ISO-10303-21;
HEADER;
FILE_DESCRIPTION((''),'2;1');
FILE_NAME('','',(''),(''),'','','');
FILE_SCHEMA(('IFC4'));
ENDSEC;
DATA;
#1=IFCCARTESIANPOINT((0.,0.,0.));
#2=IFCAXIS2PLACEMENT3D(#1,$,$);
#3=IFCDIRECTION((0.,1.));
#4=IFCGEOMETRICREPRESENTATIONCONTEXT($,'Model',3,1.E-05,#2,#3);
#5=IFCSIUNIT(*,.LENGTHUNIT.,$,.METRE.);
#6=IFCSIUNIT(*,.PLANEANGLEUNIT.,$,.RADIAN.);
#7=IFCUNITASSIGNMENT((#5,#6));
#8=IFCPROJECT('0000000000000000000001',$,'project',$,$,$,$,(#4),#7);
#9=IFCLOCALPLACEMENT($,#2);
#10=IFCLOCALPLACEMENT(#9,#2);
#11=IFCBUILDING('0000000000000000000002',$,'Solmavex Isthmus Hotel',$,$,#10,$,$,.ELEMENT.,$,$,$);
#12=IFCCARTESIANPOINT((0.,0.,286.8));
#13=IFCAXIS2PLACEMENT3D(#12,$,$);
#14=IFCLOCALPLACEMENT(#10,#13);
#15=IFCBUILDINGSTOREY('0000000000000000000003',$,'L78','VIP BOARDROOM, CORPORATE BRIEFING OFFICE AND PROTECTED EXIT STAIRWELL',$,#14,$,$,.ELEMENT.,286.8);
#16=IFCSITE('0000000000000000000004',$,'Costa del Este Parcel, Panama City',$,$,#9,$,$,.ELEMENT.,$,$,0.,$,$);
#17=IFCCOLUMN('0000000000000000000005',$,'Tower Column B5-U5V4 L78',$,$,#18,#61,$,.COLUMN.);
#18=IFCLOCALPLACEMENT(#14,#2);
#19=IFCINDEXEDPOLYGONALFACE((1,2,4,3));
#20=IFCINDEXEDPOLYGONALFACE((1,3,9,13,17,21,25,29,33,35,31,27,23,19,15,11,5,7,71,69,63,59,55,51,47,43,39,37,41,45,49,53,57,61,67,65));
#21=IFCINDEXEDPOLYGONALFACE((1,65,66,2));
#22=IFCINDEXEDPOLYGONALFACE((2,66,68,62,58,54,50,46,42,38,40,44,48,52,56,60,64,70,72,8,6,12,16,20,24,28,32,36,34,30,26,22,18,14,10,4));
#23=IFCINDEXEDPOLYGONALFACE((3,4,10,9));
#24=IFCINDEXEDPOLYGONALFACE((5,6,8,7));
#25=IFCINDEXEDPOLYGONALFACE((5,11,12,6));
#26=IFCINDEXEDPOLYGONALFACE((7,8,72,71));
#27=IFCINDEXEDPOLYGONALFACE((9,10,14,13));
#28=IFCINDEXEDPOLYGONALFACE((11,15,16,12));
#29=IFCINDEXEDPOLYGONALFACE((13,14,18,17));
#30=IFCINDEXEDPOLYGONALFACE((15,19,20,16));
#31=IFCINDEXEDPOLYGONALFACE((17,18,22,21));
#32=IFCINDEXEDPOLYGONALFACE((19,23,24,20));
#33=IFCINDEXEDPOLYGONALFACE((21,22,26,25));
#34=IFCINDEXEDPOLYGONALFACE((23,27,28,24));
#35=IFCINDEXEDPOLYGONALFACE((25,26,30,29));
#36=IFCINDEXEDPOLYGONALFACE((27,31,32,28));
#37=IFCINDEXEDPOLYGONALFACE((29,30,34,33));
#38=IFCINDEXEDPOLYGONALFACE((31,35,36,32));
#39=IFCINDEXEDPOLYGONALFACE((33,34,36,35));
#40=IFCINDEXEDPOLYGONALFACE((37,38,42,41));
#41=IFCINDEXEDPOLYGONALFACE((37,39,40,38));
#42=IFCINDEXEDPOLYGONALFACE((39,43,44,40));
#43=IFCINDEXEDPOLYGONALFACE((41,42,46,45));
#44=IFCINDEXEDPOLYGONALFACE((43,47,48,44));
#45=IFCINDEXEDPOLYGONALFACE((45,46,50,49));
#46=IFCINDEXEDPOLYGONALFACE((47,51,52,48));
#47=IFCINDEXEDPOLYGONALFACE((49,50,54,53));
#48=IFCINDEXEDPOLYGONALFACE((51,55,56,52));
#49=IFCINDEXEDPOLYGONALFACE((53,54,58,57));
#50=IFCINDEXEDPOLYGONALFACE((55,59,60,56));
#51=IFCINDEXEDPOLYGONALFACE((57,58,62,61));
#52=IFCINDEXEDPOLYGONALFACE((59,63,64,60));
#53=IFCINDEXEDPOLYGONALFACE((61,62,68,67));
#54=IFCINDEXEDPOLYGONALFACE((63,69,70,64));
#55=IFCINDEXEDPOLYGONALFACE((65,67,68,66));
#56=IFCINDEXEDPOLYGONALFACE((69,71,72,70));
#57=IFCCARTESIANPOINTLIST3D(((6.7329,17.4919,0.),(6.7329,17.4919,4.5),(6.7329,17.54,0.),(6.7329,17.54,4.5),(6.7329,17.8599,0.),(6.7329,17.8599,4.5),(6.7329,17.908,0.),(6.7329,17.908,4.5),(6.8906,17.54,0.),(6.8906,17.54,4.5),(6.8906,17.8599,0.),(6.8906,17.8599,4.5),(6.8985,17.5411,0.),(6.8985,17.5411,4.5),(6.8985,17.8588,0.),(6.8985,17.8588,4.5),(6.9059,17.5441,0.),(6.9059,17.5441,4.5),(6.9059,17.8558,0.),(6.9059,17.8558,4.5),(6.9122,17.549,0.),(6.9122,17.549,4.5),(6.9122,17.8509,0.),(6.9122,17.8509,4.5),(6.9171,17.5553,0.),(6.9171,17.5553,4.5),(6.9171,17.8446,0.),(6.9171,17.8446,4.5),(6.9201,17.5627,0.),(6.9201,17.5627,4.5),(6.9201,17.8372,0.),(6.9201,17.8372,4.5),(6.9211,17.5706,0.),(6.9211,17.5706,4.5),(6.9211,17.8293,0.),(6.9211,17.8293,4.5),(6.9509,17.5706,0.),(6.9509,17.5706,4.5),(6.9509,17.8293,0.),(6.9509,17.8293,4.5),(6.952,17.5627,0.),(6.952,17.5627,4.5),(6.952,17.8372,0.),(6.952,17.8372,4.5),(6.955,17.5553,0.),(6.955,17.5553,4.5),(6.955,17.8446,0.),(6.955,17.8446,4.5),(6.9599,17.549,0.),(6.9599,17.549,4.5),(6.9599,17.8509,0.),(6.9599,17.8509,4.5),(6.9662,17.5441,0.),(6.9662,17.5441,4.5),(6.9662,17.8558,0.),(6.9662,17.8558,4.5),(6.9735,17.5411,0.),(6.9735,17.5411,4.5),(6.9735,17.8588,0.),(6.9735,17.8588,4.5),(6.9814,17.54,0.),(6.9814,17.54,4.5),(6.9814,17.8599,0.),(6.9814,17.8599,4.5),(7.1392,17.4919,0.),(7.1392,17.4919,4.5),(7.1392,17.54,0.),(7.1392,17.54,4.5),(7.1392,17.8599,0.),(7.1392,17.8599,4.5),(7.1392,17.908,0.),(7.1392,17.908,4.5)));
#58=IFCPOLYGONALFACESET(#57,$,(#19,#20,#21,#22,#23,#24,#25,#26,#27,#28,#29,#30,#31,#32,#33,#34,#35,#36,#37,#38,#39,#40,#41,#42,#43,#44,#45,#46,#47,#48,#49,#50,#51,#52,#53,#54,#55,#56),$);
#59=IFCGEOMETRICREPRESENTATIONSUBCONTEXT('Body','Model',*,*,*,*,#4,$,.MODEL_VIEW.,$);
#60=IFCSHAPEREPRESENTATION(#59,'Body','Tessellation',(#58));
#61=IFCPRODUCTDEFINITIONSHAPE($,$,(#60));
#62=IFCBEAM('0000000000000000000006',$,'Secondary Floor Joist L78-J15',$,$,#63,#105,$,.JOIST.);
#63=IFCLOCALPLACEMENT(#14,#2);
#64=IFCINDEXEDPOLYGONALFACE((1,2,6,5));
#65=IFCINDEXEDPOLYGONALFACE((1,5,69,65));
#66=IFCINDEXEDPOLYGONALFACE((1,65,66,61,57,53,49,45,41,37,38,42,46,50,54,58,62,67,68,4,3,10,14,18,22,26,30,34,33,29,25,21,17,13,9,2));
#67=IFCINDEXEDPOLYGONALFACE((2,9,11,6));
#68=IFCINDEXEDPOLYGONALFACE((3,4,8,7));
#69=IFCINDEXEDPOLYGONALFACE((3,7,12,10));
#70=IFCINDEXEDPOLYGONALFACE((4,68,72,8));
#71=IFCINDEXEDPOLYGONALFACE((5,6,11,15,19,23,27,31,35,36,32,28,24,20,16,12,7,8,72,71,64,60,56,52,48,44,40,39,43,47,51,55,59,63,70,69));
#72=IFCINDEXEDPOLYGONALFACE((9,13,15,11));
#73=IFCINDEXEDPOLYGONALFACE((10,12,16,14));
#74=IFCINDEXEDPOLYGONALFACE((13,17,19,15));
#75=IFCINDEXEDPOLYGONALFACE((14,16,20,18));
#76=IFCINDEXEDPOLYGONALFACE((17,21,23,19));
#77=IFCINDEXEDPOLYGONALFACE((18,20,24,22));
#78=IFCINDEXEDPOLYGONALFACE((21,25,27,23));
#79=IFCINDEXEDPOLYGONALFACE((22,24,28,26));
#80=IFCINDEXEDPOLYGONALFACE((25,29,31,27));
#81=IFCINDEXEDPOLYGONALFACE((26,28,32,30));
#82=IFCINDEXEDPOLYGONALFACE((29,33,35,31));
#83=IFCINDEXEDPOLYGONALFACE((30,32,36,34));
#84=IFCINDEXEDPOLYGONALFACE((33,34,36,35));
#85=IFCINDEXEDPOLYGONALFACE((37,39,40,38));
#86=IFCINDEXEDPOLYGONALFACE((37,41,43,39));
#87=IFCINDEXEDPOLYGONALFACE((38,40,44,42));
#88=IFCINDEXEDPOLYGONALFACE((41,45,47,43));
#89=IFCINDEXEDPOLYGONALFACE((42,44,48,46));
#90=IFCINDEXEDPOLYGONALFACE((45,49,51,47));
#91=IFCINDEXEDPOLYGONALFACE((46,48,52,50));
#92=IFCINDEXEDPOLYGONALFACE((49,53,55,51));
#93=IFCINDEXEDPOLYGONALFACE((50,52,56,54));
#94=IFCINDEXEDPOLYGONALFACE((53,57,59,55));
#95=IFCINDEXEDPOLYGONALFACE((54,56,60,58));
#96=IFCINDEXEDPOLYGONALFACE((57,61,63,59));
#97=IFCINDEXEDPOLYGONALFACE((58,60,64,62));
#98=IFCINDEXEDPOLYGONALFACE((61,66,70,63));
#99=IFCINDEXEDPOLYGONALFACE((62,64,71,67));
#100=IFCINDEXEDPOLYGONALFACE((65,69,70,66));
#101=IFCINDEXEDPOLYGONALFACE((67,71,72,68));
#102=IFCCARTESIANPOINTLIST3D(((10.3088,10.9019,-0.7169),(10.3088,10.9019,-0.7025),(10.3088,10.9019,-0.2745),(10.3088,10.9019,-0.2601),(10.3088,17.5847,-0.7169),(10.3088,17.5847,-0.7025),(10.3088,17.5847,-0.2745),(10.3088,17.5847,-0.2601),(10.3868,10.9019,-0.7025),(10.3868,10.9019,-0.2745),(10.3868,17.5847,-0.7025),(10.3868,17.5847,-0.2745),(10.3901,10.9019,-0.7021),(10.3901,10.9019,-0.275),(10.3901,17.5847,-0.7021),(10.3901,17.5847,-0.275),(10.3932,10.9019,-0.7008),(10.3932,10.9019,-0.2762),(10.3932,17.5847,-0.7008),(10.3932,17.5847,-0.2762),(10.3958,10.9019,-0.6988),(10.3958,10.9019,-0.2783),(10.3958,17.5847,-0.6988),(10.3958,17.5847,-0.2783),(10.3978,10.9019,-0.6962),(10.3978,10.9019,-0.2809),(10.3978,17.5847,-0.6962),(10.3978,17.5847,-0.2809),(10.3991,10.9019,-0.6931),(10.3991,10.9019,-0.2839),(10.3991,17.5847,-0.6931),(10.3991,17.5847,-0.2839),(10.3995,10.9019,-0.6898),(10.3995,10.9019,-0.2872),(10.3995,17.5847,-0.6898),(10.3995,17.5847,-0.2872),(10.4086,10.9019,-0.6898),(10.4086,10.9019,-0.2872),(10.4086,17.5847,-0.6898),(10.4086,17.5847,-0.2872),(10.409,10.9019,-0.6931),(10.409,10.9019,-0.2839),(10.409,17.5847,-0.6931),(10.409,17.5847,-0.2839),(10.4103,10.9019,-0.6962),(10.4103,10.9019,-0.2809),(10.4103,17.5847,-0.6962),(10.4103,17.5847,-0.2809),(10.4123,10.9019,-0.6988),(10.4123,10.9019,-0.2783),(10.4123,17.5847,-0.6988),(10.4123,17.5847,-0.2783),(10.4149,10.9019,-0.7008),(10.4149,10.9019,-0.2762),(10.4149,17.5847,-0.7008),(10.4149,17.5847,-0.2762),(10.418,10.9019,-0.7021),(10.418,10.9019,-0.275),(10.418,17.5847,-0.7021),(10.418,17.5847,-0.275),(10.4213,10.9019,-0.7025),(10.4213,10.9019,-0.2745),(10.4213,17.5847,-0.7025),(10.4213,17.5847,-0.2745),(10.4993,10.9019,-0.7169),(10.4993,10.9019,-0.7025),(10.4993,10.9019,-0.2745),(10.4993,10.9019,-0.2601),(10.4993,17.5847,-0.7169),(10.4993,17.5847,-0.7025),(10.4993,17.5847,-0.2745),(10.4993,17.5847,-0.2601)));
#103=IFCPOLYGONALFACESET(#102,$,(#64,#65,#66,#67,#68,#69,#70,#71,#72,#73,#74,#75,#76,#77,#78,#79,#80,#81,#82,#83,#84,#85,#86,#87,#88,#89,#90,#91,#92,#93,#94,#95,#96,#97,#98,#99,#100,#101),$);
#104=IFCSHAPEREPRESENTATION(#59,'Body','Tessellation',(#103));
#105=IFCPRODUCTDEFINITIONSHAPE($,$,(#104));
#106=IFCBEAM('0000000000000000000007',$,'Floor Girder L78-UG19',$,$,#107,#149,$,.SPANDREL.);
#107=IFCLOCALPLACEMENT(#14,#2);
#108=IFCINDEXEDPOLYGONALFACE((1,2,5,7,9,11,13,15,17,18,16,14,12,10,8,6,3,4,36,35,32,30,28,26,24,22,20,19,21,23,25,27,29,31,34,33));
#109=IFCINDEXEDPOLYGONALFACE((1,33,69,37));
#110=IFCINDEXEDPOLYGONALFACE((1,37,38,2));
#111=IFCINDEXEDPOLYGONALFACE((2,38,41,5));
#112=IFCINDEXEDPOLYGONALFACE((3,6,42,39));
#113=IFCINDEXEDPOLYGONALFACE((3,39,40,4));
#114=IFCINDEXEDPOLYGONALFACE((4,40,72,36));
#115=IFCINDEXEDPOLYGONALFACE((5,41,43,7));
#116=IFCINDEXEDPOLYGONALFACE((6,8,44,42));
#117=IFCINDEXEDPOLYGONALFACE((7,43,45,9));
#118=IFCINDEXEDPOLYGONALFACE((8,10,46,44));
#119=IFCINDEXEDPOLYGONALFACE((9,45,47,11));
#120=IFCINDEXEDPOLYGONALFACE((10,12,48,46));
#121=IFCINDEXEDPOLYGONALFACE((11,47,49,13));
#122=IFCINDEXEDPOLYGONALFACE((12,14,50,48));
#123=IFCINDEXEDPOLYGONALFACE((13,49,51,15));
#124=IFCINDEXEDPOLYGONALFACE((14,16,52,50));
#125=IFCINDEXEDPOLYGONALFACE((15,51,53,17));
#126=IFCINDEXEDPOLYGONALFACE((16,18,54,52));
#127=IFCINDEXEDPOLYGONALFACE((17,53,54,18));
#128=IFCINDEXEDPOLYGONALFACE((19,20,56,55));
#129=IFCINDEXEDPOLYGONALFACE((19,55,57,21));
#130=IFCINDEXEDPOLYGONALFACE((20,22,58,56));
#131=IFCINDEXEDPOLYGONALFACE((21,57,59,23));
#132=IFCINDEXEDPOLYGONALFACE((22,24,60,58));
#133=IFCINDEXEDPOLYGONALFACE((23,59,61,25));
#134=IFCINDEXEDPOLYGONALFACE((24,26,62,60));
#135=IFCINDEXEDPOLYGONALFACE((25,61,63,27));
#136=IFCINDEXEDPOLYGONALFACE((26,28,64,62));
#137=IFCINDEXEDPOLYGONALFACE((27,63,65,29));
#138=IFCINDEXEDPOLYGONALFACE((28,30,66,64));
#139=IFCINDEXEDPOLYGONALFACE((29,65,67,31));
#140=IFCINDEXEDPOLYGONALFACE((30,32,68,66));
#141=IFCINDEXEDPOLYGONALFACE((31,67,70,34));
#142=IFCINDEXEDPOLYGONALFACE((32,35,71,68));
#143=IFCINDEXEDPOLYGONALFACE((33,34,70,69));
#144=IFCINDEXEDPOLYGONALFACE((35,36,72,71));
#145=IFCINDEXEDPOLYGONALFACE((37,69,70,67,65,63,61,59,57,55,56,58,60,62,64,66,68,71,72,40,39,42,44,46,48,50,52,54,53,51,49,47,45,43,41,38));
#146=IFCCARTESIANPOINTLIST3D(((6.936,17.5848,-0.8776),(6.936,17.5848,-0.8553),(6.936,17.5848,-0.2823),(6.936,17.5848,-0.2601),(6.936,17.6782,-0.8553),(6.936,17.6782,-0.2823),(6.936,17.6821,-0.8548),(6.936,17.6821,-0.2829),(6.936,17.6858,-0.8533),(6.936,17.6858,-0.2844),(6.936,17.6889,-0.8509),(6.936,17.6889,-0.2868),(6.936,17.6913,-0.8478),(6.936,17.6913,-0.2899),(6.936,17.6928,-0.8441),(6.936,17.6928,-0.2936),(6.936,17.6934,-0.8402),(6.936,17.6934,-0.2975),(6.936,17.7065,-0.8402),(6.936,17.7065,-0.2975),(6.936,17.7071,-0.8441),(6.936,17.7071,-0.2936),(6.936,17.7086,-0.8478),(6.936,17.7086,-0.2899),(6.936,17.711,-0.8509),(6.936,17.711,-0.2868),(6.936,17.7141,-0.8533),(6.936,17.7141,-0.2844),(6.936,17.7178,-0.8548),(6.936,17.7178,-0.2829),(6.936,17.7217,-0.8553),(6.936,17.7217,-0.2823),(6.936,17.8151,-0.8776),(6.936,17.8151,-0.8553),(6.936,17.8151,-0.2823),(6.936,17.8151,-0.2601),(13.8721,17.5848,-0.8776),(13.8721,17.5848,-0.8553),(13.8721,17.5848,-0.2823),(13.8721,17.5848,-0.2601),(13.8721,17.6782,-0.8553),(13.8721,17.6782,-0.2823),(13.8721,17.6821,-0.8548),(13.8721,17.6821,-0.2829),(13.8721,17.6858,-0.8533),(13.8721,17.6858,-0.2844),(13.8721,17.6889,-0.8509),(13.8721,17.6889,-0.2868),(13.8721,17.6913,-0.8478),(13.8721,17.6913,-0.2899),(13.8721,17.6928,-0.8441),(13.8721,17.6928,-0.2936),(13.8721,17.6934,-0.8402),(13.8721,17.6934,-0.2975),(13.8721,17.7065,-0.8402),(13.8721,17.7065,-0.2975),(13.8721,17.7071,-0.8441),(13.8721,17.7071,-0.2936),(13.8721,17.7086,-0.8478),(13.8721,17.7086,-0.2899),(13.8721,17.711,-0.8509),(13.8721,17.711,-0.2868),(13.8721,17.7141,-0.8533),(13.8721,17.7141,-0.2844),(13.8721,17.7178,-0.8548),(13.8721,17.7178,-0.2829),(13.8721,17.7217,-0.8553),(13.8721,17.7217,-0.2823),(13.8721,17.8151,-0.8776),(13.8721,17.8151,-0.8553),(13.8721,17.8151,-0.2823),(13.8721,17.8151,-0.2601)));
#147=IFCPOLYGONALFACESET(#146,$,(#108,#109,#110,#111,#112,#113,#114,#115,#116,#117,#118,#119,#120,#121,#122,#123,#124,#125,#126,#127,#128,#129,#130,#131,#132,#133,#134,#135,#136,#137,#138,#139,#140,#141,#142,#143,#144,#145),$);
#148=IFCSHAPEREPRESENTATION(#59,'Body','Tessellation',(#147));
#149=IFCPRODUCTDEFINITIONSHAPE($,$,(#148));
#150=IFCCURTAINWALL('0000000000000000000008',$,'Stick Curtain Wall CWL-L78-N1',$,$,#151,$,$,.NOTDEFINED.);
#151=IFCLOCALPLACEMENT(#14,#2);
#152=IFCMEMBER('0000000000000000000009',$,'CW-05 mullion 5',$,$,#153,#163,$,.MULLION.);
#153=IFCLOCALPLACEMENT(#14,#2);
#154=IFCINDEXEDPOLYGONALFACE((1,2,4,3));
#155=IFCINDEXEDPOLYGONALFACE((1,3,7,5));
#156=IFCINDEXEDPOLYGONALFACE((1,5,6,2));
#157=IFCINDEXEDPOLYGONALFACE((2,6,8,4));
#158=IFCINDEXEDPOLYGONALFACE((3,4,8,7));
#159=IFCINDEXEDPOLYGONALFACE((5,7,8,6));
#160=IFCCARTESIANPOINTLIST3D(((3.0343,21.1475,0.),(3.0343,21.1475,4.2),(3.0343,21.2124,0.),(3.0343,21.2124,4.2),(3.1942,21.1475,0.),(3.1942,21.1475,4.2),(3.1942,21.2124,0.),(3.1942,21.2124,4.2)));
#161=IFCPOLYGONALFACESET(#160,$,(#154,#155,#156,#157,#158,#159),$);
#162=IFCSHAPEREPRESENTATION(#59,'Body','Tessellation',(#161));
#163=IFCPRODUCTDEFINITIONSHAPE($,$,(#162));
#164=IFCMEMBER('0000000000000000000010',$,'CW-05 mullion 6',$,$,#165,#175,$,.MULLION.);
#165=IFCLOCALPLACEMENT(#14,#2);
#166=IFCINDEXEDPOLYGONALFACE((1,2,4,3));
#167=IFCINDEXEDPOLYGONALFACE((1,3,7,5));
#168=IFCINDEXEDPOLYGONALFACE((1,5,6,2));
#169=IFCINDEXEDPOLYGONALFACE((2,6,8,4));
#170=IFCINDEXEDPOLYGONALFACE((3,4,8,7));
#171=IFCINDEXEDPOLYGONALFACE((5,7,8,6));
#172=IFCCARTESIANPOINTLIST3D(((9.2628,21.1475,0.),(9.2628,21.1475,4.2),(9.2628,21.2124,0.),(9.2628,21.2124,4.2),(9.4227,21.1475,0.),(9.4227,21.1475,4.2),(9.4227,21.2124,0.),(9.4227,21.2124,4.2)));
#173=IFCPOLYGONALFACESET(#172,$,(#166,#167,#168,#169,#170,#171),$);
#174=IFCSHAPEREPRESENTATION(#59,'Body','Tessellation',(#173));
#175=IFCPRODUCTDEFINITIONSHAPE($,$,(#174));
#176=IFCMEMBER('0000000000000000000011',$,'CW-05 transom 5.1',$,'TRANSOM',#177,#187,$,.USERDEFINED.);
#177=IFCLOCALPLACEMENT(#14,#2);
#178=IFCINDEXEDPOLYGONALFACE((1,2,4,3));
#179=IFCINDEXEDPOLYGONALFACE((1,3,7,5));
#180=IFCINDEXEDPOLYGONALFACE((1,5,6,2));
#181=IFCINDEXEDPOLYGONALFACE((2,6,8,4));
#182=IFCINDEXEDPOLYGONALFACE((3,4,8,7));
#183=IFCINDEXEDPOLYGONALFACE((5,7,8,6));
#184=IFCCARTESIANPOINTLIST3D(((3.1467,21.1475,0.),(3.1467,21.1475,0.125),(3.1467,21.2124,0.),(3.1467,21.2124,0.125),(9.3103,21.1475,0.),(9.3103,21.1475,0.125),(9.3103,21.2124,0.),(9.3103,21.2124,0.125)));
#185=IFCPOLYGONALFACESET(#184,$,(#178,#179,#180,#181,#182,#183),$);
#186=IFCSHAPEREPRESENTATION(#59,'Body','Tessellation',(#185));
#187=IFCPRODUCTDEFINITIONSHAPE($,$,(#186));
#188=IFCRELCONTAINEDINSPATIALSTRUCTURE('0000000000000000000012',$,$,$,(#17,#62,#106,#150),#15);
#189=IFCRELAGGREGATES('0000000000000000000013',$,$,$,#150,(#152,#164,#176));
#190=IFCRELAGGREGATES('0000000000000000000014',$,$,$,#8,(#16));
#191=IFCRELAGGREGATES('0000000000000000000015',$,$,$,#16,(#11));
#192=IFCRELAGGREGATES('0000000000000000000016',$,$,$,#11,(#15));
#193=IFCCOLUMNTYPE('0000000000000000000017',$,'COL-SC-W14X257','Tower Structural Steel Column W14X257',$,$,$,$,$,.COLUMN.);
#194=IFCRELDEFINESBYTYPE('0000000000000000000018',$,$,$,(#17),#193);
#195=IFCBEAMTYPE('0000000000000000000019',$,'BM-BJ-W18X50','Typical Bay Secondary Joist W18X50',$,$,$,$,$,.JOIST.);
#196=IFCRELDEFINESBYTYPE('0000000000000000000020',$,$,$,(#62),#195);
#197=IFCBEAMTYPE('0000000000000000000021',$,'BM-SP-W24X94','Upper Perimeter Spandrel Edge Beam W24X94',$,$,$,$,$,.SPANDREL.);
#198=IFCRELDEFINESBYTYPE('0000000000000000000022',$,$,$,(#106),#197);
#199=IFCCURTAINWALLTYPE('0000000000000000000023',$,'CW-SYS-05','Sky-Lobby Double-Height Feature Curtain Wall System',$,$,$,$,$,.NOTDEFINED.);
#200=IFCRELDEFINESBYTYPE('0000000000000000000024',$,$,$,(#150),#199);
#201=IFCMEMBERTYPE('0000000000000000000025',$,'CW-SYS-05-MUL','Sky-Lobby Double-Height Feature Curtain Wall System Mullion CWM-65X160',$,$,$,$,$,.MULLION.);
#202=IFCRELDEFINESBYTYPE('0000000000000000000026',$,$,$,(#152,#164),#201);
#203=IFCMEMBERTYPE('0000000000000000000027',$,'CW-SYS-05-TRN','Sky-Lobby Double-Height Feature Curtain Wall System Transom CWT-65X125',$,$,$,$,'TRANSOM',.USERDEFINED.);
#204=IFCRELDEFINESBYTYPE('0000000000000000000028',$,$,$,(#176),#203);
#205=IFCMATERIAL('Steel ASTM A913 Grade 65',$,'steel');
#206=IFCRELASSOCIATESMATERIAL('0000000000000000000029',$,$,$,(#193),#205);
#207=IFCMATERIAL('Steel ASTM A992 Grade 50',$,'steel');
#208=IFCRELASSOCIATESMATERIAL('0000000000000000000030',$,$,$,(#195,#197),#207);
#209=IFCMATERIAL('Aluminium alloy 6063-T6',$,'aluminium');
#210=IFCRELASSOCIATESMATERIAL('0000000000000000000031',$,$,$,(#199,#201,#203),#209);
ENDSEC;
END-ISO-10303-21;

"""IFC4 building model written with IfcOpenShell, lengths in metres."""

from ifc_helpers import new_model, si_unit, direction, frame, origin, origin_2d, place, context, subcontext, project, spatial, rectangle, i_section, extrude, material, material_profile, profile_set, type_object, element, aggregate, save


model = new_model("IFC4")

# Units and contexts
model_context = context("Model", 3, precision=1e-05, world=origin(), true_north=direction((0.0, 1.0)))
body_context = subcontext(model_context, "Body", "Model", "MODEL_VIEW")
ifc_project = project(units=[si_unit("LENGTHUNIT", "METRE"), si_unit("PLANEANGLEUNIT", "RADIAN")], contexts=[model_context])

# Site, building, storey
site_placement = place(None, origin())
site = spatial("IfcSite", under=ifc_project, at=site_placement, Name="Costa del Este Parcel, Panama City", CompositionType="ELEMENT", RefElevation=0.0)
building_placement = place(site_placement, origin())
building = spatial("IfcBuilding", under=site, at=building_placement, Name="Solmavex Isthmus Hotel", CompositionType="ELEMENT")
storey_placement = place(building_placement, frame((0.0, 0.0, 286.8)))
storey = spatial("IfcBuildingStorey", under=building, at=storey_placement, Name="L78", Description="VIP BOARDROOM, CORPORATE BRIEFING OFFICE AND PROTECTED EXIT STAIRWELL", CompositionType="ELEMENT", Elevation=286.8)

# Column
ifc_material_1 = material(Name="Steel ASTM A913 Grade 65", Category="steel")
ifc_material_profile_1 = material_profile(ifc_material_1, i_section(OverallWidth=0.4062, OverallDepth=0.416, WebThickness=0.0298, FlangeThickness=0.0481, FilletRadius=0.0305, at=origin_2d()), Name="W14X257")
ifc_profile_set_1 = profile_set([ifc_material_profile_1], Name="Steel ASTM A913 Grade 65")
column_type = type_object("IfcColumnType", Name="COL-SC-W14X257", Description="Tower Structural Steel Column W14X257", PredefinedType="COLUMN", material=ifc_profile_set_1)
column_placement = place(storey_placement, frame((6.936, 17.7, 0.0), z_axis=(0.0, 0.0, 1.0), x_axis=(1.0, 0.0, 0.0)))
element("IfcColumn", 1, at=column_placement, inside=storey, type_object=column_type, Name="Tower Column B5-U5V4 L78", PredefinedType="COLUMN", context=body_context, shape_type="SweptSolid", body=[
    extrude(i_section(OverallWidth=0.4062, OverallDepth=0.416, WebThickness=0.0298, FlangeThickness=0.0481, FilletRadius=0.0305, at=origin_2d()), origin(), (0.0, 0.0, 1.0), 4.5),
])

# Beams
ifc_material_2 = material(Name="Steel ASTM A992 Grade 50", Category="steel")
ifc_material_profile_2 = material_profile(ifc_material_2, i_section(OverallWidth=0.1904, OverallDepth=0.4568, WebThickness=0.009, FlangeThickness=0.0144, FilletRadius=0.0127, at=origin_2d()), Name="W18X50")
ifc_profile_set_2 = profile_set([ifc_material_profile_2], Name="Steel ASTM A992 Grade 50")
beam_type_1 = type_object("IfcBeamType", Name="BM-BJ-W18X50", Description="Typical Bay Secondary Joist W18X50", PredefinedType="JOIST", material=ifc_profile_set_2)
beam_1_placement = place(storey_placement, frame((10.4041, 10.9019, -0.4885), z_axis=(0.0, 1.0, 0.0), x_axis=(-1.0, 0.0, 0.0)))
element("IfcBeam", 2, at=beam_1_placement, inside=storey, type_object=beam_type_1, Name="Secondary Floor Joist L78-J15", PredefinedType="JOIST", context=body_context, shape_type="SweptSolid", body=[
    extrude(i_section(OverallWidth=0.1904, OverallDepth=0.4568, WebThickness=0.009, FlangeThickness=0.0144, FilletRadius=0.0127, at=origin_2d()), origin(), (0.0, 0.0, 1.0), 6.6829),
])
ifc_material_profile_3 = material_profile(ifc_material_2, i_section(OverallWidth=0.2302, OverallDepth=0.6174, WebThickness=0.0132, FlangeThickness=0.0222, FilletRadius=0.0151, at=origin_2d()), Name="W24X94")
ifc_profile_set_3 = profile_set([ifc_material_profile_3], Name="Steel ASTM A992 Grade 50")
beam_type_2 = type_object("IfcBeamType", Name="BM-SP-W24X94", Description="Upper Perimeter Spandrel Edge Beam W24X94", PredefinedType="SPANDREL", material=ifc_profile_set_3)
beam_2_placement = place(storey_placement, frame((6.936, 17.7, -0.5688), z_axis=(1.0, 0.0, 0.0), x_axis=(0.0, 1.0, 0.0)))
element("IfcBeam", 3, at=beam_2_placement, inside=storey, type_object=beam_type_2, Name="Floor Girder L78-UG19", PredefinedType="SPANDREL", context=body_context, shape_type="SweptSolid", body=[
    extrude(i_section(OverallWidth=0.2302, OverallDepth=0.6174, WebThickness=0.0132, FlangeThickness=0.0222, FilletRadius=0.0151, at=origin_2d()), origin(), (0.0, 0.0, 1.0), 6.936),
])

# Curtain wall, members
ifc_material_3 = material(Name="Aluminium alloy 6063-T6", Category="aluminium")
curtain_wall_type = type_object("IfcCurtainWallType", Name="CW-SYS-05", Description="Sky-Lobby Double-Height Feature Curtain Wall System", PredefinedType="NOTDEFINED", material=ifc_material_3)
curtain_wall_placement = place(storey_placement, origin())
curtain_wall = element("IfcCurtainWall", 4, at=curtain_wall_placement, inside=storey, type_object=curtain_wall_type, Name="Stick Curtain Wall CWL-L78-N1", PredefinedType="NOTDEFINED")
ifc_material_profile_4 = material_profile(ifc_material_3, rectangle(XDim=0.0649, YDim=0.1599, at=origin_2d()), Name="CWM-65X160")
ifc_profile_set_4 = profile_set([ifc_material_profile_4], Name="Aluminium alloy 6063-T6")
member_type_1 = type_object("IfcMemberType", Name="CW-SYS-05-MUL", Description="Sky-Lobby Double-Height Feature Curtain Wall System Mullion CWM-65X160", PredefinedType="MULLION", material=ifc_profile_set_4)
member_1_placement = place(storey_placement, frame((3.1143, 21.1799, 0.0), z_axis=(0.0, 0.0, 1.0), x_axis=(0.0, 1.0, 0.0)))
member_1 = element("IfcMember", 5, at=member_1_placement, type_object=member_type_1, Name="CW-05 mullion 5", PredefinedType="MULLION", context=body_context, shape_type="SweptSolid", body=[
    extrude(rectangle(XDim=0.0649, YDim=0.1599, at=origin_2d()), origin(), (0.0, 0.0, 1.0), 4.2),
])
member_2_placement = place(storey_placement, frame((9.3428, 21.1799, 0.0), z_axis=(0.0, 0.0, 1.0), x_axis=(0.0, 1.0, 0.0)))
member_2 = element("IfcMember", 6, at=member_2_placement, type_object=member_type_1, Name="CW-05 mullion 6", PredefinedType="MULLION", context=body_context, shape_type="SweptSolid", body=[
    extrude(rectangle(XDim=0.0649, YDim=0.1599, at=origin_2d()), origin(), (0.0, 0.0, 1.0), 4.2),
])
ifc_material_profile_5 = material_profile(ifc_material_3, rectangle(XDim=0.0649, YDim=0.125, at=origin_2d()), Name="CWT-65X125")
ifc_profile_set_5 = profile_set([ifc_material_profile_5], Name="Aluminium alloy 6063-T6")
member_type_2 = type_object("IfcMemberType", Name="CW-SYS-05-TRN", Description="Sky-Lobby Double-Height Feature Curtain Wall System Transom CWT-65X125", ElementType="TRANSOM", PredefinedType="USERDEFINED", material=ifc_profile_set_5)
member_3_placement = place(storey_placement, frame((3.1467, 21.1799, 0.0625), z_axis=(1.0, 0.0, 0.0), x_axis=(0.0, 1.0, 0.0)))
member_3 = element("IfcMember", 7, at=member_3_placement, type_object=member_type_2, Name="CW-05 transom 5.1", ObjectType="TRANSOM", PredefinedType="USERDEFINED", context=body_context, shape_type="SweptSolid", body=[
    extrude(rectangle(XDim=0.0649, YDim=0.125, at=origin_2d()), origin(), (0.0, 0.0, 1.0), 6.1636),
])
aggregate(curtain_wall, [member_1, member_2, member_3])

save(model, "model.ifc")
